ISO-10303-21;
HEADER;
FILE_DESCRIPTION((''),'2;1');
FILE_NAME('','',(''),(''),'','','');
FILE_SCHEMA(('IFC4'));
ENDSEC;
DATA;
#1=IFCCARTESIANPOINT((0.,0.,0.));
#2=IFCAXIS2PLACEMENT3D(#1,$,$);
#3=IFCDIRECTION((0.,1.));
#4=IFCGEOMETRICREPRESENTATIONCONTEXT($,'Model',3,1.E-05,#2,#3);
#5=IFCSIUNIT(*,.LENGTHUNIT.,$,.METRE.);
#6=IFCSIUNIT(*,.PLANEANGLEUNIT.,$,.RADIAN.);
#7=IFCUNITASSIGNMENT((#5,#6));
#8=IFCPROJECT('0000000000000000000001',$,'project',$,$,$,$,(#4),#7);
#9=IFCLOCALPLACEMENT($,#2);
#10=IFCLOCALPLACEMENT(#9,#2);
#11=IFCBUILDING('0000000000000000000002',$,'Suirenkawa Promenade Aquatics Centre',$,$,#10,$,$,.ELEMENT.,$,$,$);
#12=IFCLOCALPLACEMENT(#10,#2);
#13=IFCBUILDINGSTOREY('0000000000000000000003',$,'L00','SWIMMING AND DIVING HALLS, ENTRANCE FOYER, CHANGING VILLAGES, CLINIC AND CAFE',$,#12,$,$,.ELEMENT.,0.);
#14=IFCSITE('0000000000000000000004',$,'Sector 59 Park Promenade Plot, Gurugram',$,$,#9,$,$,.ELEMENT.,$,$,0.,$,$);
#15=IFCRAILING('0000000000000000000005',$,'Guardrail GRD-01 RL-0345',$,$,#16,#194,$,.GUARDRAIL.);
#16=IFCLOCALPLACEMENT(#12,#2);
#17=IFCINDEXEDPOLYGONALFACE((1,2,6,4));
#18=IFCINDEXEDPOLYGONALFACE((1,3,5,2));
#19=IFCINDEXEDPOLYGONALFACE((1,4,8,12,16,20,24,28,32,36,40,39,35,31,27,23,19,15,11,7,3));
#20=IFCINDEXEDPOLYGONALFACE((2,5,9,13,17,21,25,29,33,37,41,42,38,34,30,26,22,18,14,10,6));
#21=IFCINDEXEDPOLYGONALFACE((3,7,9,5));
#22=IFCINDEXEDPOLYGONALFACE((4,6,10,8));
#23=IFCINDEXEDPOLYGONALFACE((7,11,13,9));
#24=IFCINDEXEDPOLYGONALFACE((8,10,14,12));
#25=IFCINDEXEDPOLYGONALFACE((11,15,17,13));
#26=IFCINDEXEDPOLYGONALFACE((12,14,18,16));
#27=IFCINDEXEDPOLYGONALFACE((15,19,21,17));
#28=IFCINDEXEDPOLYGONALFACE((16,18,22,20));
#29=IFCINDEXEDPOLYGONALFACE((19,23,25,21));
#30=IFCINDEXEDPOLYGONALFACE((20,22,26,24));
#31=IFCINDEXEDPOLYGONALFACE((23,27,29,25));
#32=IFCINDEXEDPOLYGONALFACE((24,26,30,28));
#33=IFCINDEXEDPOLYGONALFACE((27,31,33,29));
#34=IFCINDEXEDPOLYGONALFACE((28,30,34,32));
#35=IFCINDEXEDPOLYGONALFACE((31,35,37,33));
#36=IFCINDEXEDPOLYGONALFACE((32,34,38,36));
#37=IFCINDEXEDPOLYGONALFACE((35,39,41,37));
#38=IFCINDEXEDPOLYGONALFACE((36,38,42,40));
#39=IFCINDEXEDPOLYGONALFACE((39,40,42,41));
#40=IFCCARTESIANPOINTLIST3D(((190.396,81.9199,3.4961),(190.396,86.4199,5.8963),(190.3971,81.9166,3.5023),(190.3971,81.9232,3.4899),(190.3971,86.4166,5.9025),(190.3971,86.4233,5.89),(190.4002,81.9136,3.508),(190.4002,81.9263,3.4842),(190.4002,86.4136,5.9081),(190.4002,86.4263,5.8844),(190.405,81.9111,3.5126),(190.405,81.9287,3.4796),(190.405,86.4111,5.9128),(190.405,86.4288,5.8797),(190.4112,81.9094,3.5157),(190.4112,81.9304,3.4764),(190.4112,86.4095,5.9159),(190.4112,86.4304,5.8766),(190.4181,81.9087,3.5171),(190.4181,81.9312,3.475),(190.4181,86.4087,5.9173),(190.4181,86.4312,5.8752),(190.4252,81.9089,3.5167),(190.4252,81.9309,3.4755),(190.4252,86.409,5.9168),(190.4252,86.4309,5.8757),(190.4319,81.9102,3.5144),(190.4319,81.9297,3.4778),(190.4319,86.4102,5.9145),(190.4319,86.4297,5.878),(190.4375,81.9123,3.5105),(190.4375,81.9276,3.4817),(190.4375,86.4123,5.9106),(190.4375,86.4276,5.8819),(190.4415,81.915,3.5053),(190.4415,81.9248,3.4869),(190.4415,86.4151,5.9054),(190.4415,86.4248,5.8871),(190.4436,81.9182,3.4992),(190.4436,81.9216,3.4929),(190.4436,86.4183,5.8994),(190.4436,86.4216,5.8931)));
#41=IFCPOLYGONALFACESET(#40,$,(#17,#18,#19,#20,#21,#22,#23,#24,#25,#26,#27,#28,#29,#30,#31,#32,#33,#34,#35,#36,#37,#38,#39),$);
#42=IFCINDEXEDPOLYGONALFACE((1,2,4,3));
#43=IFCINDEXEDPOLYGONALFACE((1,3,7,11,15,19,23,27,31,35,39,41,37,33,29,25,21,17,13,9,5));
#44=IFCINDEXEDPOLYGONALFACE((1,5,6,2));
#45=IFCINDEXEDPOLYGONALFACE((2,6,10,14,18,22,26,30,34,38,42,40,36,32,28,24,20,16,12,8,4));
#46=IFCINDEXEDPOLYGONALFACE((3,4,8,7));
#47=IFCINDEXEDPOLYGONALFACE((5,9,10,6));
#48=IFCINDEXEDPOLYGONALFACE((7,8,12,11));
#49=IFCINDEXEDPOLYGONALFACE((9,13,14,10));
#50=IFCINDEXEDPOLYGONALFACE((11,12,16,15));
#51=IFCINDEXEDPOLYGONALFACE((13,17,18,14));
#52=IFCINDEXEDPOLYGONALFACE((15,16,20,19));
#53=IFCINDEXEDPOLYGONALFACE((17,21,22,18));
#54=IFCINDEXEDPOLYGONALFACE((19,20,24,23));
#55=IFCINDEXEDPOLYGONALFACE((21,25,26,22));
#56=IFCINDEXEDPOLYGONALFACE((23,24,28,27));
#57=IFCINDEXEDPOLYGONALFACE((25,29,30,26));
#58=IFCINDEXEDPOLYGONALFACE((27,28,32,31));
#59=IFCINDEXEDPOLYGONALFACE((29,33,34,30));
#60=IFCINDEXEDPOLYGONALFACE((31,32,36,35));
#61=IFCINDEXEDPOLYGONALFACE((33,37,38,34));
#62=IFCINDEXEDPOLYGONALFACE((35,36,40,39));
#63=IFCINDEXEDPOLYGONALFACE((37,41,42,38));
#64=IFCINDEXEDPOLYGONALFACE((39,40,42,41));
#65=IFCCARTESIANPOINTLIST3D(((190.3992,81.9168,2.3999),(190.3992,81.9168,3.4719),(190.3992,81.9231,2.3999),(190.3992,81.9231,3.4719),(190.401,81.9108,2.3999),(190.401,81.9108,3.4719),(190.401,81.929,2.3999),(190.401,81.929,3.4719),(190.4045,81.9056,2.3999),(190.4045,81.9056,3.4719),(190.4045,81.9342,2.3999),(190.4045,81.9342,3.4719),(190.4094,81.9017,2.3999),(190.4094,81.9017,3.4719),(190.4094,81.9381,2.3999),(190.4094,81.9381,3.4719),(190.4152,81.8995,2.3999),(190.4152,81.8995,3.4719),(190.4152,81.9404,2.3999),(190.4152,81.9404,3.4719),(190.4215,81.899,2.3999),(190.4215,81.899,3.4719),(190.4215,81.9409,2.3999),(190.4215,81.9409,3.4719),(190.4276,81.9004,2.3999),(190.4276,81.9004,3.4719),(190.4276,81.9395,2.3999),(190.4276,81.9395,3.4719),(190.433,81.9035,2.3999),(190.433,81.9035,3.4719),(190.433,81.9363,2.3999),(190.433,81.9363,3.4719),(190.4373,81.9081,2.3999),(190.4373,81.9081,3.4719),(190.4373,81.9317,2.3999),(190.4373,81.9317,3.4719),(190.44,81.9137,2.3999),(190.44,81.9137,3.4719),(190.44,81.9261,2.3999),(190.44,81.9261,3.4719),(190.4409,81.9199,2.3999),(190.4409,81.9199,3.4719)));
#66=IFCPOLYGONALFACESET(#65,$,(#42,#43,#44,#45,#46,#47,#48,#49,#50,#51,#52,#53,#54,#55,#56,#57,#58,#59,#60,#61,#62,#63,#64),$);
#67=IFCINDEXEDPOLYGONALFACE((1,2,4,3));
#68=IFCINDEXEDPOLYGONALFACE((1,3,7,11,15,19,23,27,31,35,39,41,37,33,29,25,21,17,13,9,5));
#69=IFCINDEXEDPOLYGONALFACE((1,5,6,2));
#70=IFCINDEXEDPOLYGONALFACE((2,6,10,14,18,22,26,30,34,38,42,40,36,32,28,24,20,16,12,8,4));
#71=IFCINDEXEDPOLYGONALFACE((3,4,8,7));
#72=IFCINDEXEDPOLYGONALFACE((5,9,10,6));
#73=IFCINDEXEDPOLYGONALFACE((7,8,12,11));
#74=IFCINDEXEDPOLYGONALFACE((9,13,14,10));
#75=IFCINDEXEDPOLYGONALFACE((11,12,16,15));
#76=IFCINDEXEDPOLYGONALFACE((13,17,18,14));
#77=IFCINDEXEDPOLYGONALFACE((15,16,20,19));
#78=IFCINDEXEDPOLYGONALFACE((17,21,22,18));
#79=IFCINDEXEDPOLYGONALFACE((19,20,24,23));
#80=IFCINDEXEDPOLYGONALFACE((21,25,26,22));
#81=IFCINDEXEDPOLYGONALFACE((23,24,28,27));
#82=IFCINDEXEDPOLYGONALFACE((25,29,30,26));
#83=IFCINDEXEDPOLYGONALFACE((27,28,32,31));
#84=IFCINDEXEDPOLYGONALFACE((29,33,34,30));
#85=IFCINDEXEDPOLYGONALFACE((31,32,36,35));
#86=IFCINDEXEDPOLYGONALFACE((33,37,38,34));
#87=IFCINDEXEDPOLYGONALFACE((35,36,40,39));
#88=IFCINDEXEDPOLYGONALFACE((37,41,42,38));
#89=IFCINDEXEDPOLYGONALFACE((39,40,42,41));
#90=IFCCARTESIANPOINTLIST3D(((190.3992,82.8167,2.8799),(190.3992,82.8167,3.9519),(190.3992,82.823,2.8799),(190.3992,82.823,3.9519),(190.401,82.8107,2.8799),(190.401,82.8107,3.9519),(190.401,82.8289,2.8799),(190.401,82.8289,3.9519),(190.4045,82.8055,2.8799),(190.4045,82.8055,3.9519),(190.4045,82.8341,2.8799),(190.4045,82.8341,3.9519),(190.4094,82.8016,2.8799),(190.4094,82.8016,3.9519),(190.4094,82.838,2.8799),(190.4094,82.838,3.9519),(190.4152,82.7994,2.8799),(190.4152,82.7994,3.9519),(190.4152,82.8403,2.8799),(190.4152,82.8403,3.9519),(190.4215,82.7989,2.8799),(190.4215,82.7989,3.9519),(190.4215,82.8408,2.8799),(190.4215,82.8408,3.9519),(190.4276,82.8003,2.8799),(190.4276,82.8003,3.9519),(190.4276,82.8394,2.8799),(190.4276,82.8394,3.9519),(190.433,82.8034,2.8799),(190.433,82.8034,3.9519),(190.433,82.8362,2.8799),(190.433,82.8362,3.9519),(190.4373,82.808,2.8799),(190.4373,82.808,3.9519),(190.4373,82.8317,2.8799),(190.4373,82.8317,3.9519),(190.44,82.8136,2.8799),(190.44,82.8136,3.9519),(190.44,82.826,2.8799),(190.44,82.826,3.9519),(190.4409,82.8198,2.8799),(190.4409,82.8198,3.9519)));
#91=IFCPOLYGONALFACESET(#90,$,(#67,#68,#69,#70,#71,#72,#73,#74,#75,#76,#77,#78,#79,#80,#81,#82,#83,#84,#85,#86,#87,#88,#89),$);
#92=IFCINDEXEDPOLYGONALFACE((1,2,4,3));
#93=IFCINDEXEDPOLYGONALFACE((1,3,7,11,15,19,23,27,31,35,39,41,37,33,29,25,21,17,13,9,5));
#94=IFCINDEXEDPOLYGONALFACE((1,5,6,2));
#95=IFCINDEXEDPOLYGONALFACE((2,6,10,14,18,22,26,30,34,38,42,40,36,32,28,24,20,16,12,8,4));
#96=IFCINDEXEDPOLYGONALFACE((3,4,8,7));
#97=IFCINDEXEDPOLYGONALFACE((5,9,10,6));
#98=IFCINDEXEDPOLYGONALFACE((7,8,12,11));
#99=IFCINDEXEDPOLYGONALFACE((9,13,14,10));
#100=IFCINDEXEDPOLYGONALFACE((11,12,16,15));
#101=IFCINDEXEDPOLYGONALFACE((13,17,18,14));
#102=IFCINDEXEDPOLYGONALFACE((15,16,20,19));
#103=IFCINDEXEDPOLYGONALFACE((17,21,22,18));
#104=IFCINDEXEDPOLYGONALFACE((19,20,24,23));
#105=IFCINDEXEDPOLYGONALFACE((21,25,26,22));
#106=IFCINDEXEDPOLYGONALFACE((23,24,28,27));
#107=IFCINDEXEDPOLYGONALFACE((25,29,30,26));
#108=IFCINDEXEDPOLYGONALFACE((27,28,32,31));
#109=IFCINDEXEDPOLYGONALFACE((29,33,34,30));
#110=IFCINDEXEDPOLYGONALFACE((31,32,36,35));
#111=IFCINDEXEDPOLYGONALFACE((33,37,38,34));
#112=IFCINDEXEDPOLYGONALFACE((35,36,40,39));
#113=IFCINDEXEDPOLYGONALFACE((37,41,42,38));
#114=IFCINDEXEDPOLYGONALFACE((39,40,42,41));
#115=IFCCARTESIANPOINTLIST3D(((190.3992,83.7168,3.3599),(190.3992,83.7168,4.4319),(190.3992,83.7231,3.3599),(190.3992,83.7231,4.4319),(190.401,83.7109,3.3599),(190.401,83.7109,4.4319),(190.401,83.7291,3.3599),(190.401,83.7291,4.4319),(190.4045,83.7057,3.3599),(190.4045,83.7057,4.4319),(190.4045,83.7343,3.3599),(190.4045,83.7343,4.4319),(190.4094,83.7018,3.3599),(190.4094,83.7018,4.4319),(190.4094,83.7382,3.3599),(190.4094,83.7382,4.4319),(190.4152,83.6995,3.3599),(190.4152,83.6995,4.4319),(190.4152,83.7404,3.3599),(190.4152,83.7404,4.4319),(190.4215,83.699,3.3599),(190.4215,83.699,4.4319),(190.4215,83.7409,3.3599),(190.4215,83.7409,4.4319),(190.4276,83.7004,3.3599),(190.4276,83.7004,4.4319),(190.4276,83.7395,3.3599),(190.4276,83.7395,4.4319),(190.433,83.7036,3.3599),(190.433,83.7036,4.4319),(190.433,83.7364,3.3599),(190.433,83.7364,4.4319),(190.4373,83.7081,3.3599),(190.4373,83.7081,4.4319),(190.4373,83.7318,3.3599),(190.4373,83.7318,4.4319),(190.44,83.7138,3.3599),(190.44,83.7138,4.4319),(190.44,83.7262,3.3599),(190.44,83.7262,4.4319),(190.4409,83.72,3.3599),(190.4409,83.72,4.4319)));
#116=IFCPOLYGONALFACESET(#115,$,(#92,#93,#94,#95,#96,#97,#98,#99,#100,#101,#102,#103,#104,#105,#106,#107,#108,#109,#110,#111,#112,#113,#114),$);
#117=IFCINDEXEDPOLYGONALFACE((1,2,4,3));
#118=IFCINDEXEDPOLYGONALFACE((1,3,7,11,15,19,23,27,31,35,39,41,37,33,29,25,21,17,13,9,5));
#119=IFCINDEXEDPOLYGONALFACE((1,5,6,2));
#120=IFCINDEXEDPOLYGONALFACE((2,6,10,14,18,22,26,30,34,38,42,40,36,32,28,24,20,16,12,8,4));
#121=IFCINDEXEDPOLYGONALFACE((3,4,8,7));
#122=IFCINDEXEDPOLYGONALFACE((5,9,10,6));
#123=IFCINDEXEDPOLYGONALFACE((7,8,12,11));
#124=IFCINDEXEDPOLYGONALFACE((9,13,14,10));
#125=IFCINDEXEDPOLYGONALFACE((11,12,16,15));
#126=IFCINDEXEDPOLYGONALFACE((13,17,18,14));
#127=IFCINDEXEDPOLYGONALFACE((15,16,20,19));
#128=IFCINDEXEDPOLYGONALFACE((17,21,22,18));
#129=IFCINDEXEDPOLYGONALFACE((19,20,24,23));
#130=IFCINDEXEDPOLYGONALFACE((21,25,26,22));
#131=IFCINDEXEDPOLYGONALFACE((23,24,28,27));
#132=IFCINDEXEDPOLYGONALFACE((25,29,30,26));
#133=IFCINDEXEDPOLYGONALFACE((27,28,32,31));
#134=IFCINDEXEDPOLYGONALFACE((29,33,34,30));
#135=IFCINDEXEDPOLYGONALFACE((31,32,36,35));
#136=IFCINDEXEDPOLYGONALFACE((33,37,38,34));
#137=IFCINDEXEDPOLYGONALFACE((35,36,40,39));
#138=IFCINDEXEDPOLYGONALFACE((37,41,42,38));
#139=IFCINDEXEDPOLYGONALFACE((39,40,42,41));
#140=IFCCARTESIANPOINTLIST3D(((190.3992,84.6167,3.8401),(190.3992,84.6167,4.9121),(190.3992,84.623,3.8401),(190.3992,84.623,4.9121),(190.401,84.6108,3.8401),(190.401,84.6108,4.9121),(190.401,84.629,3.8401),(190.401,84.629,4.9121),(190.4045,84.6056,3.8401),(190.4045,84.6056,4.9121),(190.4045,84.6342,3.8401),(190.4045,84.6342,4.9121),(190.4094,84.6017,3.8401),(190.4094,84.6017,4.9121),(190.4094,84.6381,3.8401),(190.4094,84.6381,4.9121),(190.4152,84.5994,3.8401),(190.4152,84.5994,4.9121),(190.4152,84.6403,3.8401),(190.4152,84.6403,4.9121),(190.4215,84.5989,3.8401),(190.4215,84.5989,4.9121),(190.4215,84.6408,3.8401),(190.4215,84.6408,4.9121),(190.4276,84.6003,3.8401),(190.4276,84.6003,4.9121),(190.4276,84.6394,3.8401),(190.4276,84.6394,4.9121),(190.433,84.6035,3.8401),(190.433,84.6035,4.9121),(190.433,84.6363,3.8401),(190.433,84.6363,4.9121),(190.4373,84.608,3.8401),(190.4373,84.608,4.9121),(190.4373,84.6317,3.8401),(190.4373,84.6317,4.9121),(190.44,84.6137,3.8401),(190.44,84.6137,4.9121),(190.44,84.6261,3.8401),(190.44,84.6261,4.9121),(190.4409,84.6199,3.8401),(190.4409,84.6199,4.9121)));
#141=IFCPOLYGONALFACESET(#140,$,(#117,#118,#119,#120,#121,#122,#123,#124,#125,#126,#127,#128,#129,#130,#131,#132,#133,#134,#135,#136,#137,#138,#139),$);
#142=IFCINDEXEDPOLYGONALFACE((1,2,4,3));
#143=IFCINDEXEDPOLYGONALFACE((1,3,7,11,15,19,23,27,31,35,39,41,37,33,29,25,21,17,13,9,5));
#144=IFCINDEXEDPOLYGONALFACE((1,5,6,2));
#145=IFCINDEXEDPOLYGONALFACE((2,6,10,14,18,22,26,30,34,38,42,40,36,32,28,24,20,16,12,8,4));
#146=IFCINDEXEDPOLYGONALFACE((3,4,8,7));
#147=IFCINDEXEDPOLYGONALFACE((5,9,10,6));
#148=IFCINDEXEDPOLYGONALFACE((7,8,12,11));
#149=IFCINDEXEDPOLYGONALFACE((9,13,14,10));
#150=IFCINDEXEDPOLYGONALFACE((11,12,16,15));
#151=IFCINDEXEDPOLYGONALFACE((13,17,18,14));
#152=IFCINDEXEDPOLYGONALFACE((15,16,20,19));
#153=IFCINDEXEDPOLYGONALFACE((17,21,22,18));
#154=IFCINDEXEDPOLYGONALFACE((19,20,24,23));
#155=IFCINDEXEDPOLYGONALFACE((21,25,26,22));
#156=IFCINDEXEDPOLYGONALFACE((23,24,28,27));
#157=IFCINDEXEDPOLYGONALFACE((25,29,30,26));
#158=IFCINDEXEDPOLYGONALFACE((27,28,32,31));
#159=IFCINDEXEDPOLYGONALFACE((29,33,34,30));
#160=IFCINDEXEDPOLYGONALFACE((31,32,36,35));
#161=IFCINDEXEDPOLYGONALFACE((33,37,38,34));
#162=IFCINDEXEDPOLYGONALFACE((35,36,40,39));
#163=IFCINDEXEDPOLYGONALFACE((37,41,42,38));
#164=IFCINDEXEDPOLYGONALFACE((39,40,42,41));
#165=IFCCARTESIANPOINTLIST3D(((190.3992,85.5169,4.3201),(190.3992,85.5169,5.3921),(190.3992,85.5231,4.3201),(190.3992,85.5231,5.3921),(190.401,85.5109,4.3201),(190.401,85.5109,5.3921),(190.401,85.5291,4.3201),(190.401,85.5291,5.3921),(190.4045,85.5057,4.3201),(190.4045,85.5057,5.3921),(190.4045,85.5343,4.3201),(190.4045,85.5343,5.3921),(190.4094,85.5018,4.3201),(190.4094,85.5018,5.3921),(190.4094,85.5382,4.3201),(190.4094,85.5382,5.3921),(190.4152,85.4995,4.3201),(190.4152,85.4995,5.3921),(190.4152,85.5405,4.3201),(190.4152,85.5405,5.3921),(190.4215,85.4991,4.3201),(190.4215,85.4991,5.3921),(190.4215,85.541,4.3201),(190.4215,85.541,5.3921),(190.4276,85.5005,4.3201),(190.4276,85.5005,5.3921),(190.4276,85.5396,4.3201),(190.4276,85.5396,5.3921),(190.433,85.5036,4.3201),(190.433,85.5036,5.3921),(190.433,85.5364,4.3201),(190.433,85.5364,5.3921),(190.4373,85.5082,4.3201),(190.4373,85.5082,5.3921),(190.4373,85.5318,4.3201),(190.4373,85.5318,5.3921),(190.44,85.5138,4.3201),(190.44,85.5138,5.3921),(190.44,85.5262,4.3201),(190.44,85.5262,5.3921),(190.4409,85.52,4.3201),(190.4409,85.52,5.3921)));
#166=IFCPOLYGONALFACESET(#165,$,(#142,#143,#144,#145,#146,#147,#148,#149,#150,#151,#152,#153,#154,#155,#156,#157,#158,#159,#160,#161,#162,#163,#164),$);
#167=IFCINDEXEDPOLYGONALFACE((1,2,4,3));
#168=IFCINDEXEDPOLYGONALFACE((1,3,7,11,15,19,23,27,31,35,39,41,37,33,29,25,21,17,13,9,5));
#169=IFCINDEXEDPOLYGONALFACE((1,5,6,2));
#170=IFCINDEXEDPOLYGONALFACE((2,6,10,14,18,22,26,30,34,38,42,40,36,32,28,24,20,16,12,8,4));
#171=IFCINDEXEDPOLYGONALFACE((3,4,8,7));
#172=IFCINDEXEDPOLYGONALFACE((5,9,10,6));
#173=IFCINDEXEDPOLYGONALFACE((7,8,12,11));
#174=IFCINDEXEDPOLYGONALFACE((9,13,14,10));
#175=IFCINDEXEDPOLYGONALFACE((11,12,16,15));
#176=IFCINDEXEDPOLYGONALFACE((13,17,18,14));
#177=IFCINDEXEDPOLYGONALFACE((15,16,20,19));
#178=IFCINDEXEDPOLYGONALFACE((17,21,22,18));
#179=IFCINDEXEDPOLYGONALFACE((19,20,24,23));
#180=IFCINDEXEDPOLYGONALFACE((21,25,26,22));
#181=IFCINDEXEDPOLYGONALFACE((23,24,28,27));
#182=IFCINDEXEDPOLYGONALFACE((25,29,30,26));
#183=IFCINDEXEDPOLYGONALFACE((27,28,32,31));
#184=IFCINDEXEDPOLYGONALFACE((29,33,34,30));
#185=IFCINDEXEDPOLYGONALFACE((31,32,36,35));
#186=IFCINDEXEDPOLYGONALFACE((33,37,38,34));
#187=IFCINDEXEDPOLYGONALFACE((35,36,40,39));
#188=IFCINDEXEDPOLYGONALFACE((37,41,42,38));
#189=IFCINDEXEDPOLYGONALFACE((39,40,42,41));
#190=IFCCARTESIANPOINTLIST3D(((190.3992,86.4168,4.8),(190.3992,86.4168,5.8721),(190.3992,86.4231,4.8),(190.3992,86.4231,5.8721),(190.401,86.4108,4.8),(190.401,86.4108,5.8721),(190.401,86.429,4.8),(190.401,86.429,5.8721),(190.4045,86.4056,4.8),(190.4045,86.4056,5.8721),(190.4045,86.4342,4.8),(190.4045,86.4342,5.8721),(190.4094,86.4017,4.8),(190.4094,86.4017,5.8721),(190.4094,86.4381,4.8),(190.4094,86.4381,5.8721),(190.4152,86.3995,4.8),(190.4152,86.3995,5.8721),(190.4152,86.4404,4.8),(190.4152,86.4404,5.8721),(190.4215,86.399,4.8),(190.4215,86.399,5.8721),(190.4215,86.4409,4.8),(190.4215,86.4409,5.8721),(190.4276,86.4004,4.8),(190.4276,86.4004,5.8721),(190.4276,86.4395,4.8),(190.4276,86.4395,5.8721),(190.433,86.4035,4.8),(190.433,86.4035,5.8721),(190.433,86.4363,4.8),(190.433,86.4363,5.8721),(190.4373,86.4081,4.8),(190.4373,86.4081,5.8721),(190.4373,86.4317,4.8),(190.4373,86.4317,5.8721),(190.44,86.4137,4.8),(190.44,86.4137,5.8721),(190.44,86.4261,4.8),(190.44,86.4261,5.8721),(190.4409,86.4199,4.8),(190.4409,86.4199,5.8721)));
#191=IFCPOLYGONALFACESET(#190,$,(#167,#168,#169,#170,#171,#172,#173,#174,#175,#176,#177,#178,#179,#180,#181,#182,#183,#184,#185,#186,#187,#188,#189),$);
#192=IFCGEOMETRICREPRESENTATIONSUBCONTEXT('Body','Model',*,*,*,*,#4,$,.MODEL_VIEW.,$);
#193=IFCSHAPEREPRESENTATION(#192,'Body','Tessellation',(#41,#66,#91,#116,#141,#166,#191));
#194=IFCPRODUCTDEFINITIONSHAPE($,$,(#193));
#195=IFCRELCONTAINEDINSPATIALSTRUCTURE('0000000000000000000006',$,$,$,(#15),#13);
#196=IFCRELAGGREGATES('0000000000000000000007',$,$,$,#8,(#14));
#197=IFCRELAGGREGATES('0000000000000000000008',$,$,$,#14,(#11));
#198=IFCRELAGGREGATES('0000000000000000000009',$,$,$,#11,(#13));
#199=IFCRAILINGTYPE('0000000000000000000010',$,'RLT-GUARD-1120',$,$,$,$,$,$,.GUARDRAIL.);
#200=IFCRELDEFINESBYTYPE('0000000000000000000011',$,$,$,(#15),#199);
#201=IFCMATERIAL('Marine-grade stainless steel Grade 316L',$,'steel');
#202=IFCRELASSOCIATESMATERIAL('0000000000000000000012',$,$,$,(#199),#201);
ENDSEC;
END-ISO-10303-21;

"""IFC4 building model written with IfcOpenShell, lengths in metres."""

from ifc_helpers import new_model, si_unit, direction, frame, origin, origin_2d, place, context, subcontext, project, spatial, circle, extrude, material, type_object, element, save


model = new_model("IFC4")

# Units and contexts
model_context = context("Model", 3, precision=1e-05, world=origin(), true_north=direction((0.0, 1.0)))
body_context = subcontext(model_context, "Body", "Model", "MODEL_VIEW")
ifc_project = project(units=[si_unit("LENGTHUNIT", "METRE"), si_unit("PLANEANGLEUNIT", "RADIAN")], contexts=[model_context])

# Site, building, storey
site_placement = place(None, origin())
site = spatial("IfcSite", under=ifc_project, at=site_placement, Name="Sector 59 Park Promenade Plot, Gurugram", CompositionType="ELEMENT", RefElevation=0.0)
building_placement = place(site_placement, origin())
building = spatial("IfcBuilding", under=site, at=building_placement, Name="Suirenkawa Promenade Aquatics Centre", CompositionType="ELEMENT")
storey_placement = place(building_placement, origin())
storey = spatial("IfcBuildingStorey", under=building, at=storey_placement, Name="L00", Description="SWIMMING AND DIVING HALLS, ENTRANCE FOYER, CHANGING VILLAGES, CLINIC AND CAFE", CompositionType="ELEMENT", Elevation=0.0)

# Railing
ifc_material_1 = material(Name="Marine-grade stainless steel Grade 316L", Category="steel")
railing_type_1 = type_object("IfcRailingType", Name="RLT-GUARD-1120", PredefinedType="GUARDRAIL", material=ifc_material_1)
railing_placement = place(storey_placement, frame((190.4199, 81.9199, 2.3999)))
element("IfcRailing", 1, at=railing_placement, inside=storey, type_object=railing_type_1, Name="Guardrail GRD-01 RL-0345", PredefinedType="GUARDRAIL", context=body_context, shape_type="SweptSolid", body=[
    extrude(circle(Radius=0.0239, at=origin_2d()), frame((0.0, 0.0, 1.0962), z_axis=(0.0, 0.882341, 0.470611), x_axis=(-1.0, 0.0, 0.0)), (0.0, 0.0, 1.0), 5.1001),
    extrude(circle(Radius=0.021, at=origin_2d()), origin(), (0.0, 0.0, 1.0), 1.072),
    extrude(circle(Radius=0.021, at=origin_2d()), frame((0.0, 0.8999, 0.48)), (0.0, 0.0, 1.0), 1.072),
    extrude(circle(Radius=0.021, at=origin_2d()), frame((0.0, 1.8, 0.96)), (0.0, 0.0, 1.0), 1.072),
    extrude(circle(Radius=0.021, at=origin_2d()), frame((0.0, 2.7, 1.4402)), (0.0, 0.0, 1.0), 1.072),
    extrude(circle(Radius=0.021, at=origin_2d()), frame((0.0, 3.6001, 1.9202)), (0.0, 0.0, 1.0), 1.072),
    extrude(circle(Radius=0.021, at=origin_2d()), frame((0.0, 4.5, 2.4001)), (0.0, 0.0, 1.0), 1.072),
])

save(model, "model.ifc")
